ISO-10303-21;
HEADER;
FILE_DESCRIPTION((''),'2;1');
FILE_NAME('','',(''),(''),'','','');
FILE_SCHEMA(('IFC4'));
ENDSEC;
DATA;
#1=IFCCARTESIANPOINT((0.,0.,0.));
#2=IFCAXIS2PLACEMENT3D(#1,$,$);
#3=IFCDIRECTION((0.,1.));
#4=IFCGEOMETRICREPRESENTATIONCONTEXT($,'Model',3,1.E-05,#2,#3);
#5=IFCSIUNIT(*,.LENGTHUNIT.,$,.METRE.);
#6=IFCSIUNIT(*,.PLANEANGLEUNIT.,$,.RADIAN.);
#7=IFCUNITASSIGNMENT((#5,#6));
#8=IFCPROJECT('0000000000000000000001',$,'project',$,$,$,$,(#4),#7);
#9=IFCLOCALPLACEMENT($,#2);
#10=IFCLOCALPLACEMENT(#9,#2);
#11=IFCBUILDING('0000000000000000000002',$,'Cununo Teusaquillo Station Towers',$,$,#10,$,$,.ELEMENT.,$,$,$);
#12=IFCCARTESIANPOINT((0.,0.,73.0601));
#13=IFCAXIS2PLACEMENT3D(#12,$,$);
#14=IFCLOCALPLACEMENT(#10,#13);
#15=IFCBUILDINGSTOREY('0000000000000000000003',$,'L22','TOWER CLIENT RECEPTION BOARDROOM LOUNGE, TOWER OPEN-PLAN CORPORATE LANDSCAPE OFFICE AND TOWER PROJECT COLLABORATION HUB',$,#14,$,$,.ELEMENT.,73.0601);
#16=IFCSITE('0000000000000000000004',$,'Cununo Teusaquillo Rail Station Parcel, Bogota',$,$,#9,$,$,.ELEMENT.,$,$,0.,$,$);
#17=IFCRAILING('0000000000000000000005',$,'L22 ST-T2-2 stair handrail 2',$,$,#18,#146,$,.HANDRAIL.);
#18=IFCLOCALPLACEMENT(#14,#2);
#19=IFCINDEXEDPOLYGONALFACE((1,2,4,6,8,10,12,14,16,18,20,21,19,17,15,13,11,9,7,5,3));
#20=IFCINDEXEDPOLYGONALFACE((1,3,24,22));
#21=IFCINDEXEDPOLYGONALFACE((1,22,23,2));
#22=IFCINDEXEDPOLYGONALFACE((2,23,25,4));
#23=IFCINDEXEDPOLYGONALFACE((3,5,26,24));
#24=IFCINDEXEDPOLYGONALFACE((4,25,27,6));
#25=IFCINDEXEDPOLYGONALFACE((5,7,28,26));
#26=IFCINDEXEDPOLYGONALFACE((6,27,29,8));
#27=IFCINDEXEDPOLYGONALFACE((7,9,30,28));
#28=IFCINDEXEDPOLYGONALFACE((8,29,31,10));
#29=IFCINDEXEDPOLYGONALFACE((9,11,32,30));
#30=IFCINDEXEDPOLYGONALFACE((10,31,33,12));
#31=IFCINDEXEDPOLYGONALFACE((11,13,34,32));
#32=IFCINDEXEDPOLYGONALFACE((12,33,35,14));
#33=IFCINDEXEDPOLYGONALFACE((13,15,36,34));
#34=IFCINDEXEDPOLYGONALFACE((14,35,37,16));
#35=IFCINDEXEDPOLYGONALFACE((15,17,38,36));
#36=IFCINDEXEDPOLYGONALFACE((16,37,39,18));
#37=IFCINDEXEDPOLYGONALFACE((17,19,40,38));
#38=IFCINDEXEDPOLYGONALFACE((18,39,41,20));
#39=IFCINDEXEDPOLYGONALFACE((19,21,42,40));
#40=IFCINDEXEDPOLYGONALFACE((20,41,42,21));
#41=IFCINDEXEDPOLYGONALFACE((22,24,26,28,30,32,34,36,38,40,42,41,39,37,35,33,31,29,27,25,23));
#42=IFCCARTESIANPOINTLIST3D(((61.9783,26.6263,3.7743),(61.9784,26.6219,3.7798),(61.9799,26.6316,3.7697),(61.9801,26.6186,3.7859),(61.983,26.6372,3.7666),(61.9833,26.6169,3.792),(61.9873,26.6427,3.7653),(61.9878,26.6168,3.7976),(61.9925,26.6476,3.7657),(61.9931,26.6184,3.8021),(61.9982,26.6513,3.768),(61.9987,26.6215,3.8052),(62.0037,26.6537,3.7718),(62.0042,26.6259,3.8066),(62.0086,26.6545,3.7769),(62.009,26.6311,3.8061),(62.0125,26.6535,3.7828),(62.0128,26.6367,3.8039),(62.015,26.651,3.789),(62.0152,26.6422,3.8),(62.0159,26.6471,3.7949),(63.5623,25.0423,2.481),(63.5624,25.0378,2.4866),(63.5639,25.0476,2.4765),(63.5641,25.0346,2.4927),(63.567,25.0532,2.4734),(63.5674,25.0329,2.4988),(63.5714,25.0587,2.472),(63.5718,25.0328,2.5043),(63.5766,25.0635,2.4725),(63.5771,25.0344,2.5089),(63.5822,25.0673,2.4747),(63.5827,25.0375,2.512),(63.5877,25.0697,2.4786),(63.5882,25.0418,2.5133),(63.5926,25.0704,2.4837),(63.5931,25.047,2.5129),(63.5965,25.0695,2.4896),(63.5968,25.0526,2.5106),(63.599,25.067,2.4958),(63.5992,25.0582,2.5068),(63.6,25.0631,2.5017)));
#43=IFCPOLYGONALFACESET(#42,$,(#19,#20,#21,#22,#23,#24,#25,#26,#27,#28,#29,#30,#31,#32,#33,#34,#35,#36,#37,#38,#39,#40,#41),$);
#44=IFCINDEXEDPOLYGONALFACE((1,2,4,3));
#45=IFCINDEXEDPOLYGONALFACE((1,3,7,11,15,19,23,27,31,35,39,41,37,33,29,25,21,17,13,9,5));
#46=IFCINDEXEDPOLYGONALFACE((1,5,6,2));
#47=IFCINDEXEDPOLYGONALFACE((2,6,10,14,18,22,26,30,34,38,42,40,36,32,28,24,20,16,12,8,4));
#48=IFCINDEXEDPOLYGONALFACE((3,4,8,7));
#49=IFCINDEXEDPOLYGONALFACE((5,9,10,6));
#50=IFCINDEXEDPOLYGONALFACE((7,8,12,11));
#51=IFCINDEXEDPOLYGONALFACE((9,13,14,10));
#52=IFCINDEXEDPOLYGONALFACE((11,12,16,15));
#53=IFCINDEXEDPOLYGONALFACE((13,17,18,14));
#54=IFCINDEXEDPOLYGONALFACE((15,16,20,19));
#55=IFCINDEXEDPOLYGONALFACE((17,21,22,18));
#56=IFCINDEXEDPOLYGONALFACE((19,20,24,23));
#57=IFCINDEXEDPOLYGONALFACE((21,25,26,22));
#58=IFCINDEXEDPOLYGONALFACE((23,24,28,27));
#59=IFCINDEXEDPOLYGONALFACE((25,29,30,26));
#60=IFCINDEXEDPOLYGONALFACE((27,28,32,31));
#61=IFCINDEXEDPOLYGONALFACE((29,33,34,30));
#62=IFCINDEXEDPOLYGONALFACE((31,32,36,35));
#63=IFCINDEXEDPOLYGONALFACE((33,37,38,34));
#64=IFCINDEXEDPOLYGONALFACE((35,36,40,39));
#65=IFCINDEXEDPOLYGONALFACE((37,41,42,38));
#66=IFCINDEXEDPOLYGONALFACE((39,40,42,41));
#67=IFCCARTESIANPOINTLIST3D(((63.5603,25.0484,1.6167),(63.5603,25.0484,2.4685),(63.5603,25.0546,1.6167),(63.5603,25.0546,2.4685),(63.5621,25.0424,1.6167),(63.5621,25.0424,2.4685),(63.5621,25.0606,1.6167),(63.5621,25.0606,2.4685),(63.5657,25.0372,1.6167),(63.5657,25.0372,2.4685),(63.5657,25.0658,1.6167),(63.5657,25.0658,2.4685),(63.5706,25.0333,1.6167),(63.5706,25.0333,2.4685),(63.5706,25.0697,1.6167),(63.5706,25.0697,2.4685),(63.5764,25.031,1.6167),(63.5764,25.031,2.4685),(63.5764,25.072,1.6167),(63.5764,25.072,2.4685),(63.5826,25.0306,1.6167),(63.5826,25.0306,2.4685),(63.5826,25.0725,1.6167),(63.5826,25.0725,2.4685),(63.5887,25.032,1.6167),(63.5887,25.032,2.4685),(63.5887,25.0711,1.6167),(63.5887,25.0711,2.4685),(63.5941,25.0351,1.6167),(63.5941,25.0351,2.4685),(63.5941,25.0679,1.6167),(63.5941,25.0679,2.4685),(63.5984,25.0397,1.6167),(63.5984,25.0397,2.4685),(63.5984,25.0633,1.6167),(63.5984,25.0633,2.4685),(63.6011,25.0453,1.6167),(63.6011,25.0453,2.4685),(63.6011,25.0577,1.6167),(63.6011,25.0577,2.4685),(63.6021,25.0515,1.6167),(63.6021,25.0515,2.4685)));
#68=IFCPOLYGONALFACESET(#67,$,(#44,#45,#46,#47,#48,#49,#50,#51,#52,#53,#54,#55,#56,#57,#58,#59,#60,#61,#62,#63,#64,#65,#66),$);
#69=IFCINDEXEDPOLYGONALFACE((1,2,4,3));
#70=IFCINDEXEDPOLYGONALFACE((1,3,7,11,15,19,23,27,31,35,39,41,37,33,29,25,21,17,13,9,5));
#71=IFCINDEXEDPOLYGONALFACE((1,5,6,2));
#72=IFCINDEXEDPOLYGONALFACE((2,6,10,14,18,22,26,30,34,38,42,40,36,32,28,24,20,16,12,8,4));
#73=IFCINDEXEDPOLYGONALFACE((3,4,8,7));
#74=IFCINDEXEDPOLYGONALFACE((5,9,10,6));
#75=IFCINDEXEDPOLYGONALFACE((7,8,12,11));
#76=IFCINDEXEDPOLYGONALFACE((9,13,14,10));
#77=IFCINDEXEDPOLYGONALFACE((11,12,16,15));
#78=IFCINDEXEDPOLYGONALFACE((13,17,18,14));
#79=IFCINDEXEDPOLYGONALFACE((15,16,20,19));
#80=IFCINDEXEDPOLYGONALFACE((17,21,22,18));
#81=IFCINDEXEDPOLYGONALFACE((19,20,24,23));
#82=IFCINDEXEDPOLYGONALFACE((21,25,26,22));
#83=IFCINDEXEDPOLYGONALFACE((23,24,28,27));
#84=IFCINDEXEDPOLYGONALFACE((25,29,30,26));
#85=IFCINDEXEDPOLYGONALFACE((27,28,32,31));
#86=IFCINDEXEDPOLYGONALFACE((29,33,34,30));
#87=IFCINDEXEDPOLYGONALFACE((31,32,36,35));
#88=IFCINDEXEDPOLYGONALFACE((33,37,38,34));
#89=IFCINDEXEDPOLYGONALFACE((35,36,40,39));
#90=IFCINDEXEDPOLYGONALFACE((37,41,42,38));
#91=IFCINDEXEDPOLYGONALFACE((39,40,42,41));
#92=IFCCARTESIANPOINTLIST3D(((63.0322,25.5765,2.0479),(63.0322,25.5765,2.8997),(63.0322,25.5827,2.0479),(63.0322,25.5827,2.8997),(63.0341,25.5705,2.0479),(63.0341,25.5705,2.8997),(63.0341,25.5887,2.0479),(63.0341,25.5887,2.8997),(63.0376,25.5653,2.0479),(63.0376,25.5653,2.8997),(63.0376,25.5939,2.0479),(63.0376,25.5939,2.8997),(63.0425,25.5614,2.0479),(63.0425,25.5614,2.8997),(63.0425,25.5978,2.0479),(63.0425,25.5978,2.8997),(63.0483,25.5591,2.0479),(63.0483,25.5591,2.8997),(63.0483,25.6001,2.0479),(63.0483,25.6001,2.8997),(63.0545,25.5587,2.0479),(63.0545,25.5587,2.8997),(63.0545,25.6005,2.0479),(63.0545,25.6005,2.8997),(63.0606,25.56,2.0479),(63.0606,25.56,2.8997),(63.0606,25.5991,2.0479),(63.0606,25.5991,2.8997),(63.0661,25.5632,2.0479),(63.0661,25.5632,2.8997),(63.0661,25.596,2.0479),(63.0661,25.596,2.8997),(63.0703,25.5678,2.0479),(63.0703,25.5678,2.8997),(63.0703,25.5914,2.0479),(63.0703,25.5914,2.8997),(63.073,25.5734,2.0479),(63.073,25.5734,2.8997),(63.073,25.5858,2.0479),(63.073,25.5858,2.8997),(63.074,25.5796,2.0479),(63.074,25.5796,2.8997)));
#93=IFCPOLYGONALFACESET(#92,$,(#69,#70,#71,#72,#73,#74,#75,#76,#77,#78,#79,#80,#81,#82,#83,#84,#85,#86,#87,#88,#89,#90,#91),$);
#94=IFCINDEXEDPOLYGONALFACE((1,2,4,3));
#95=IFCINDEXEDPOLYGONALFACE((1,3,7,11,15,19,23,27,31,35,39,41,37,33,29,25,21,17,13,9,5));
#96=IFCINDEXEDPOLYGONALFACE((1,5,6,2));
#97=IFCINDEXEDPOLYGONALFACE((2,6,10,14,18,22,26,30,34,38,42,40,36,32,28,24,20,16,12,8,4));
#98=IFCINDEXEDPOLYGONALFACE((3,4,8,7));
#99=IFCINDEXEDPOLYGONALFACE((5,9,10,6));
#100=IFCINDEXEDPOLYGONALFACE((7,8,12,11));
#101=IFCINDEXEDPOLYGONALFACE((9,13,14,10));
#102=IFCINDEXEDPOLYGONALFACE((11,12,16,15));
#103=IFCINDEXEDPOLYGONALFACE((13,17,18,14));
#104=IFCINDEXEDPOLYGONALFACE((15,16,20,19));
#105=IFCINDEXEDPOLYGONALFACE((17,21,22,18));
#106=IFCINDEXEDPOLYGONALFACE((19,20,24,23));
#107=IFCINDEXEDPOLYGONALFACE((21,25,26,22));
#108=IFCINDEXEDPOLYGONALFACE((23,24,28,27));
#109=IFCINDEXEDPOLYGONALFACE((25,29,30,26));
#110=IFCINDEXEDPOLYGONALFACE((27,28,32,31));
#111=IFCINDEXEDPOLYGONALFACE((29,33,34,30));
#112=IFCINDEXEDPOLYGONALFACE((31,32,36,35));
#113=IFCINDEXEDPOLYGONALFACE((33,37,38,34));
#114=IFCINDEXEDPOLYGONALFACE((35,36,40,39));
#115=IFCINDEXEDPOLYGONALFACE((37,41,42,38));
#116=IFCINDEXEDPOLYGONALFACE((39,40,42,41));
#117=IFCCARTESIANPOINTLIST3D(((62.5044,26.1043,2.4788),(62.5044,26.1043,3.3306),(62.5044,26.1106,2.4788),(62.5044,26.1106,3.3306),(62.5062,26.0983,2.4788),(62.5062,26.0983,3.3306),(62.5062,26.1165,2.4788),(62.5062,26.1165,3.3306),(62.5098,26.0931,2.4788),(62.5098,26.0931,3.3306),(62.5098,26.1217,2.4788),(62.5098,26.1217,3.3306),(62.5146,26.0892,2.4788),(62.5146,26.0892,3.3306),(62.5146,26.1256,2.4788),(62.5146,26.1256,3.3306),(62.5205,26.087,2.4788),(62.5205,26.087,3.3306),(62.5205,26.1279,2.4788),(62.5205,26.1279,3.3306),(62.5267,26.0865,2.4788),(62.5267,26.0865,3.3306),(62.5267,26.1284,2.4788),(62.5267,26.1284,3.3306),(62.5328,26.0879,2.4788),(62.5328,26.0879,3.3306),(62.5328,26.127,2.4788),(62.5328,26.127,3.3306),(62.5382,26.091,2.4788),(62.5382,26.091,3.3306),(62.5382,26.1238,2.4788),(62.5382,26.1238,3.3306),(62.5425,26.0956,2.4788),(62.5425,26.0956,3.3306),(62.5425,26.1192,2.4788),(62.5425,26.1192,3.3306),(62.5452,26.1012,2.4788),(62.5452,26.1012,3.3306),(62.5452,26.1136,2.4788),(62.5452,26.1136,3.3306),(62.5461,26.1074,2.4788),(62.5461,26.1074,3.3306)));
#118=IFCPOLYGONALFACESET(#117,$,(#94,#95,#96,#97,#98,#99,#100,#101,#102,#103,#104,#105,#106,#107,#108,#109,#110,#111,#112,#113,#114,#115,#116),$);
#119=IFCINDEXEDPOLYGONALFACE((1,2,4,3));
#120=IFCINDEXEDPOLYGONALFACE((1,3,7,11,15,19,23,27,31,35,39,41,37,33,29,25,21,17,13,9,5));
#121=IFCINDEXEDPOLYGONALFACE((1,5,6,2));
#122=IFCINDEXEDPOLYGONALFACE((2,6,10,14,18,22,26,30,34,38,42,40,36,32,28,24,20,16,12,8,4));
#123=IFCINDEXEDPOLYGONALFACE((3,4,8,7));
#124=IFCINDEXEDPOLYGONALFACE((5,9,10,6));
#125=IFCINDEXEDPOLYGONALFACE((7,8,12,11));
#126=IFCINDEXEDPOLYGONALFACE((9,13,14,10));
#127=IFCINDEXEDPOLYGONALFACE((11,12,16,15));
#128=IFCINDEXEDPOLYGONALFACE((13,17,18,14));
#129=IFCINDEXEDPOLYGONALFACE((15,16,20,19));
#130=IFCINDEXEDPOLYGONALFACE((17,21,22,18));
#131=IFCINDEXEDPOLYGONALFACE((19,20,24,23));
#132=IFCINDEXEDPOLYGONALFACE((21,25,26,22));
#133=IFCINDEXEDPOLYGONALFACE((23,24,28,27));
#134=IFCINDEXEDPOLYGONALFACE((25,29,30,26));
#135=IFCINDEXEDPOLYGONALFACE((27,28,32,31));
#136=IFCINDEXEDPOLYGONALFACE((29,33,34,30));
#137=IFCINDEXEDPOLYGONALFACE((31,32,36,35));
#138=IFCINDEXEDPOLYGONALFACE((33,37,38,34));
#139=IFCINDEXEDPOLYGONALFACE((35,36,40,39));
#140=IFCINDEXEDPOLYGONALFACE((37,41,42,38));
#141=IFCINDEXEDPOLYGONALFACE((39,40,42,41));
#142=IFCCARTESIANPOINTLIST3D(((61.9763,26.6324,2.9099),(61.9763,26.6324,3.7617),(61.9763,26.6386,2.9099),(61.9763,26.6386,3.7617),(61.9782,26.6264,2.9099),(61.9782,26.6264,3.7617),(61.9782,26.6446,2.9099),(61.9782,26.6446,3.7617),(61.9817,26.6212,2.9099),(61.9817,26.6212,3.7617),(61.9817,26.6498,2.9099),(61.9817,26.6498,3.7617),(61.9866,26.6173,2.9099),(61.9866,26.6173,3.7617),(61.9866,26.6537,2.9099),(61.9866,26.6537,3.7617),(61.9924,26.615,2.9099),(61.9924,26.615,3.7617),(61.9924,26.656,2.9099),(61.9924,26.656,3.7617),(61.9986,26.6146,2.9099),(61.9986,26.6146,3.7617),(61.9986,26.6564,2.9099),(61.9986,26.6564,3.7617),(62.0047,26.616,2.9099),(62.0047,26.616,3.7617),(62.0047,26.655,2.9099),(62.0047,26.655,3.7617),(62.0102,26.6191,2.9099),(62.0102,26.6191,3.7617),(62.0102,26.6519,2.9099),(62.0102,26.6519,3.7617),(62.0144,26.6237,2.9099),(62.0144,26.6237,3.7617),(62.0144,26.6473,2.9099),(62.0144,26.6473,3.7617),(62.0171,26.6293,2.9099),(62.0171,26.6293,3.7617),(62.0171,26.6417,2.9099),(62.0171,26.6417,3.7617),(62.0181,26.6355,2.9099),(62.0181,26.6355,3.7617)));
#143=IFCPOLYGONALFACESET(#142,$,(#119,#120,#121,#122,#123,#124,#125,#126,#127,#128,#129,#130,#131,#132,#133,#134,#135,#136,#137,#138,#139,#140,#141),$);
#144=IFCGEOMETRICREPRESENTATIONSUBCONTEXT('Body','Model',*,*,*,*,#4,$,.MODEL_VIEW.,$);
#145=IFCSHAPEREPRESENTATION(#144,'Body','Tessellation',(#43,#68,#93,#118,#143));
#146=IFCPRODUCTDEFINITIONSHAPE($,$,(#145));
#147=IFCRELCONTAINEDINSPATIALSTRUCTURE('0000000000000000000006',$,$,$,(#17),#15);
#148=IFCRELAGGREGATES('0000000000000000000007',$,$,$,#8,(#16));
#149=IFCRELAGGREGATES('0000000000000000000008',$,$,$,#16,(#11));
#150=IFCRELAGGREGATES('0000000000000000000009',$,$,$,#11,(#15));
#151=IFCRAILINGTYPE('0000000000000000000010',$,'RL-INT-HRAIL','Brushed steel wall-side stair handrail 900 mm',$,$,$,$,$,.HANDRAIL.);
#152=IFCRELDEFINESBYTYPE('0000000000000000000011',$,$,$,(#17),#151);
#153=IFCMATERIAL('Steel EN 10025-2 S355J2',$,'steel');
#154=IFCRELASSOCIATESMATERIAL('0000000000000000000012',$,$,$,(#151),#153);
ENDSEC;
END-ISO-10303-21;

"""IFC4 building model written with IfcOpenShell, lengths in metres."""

from ifc_helpers import new_model, si_unit, direction, frame, origin, origin_2d, place, context, subcontext, project, spatial, circle, extrude, material, type_object, element, save


model = new_model("IFC4")

# Units and contexts
model_context = context("Model", 3, precision=1e-05, world=origin(), true_north=direction((0.0, 1.0)))
body_context = subcontext(model_context, "Body", "Model", "MODEL_VIEW")
ifc_project = project(units=[si_unit("LENGTHUNIT", "METRE"), si_unit("PLANEANGLEUNIT", "RADIAN")], contexts=[model_context])

# Site, building, storey
site_placement = place(None, origin())
site = spatial("IfcSite", under=ifc_project, at=site_placement, Name="Cununo Teusaquillo Rail Station Parcel, Bogota", CompositionType="ELEMENT", RefElevation=0.0)
building_placement = place(site_placement, origin())
building = spatial("IfcBuilding", under=site, at=building_placement, Name="Cununo Teusaquillo Station Towers", CompositionType="ELEMENT")
storey_placement = place(building_placement, frame((0.0, 0.0, 73.0601)))
storey = spatial("IfcBuildingStorey", under=building, at=storey_placement, Name="L22", Description="TOWER CLIENT RECEPTION BOARDROOM LOUNGE, TOWER OPEN-PLAN CORPORATE LANDSCAPE OFFICE AND TOWER PROJECT COLLABORATION HUB", CompositionType="ELEMENT", Elevation=73.0601)

# Railing
ifc_material_1 = material(Name="Steel EN 10025-2 S355J2", Category="steel")
railing_type_1 = type_object("IfcRailingType", Name="RL-INT-HRAIL", Description="Brushed steel wall-side stair handrail 900 mm", PredefinedType="HANDRAIL", material=ifc_material_1)
railing_1_placement = place(storey_placement, frame((63.5811, 25.0515, 1.6167)))
element("IfcRailing", 1, at=railing_1_placement, inside=storey, type_object=railing_type_1, Name="L22 ST-T2-2 stair handrail 2", PredefinedType="HANDRAIL", context=body_context, shape_type="SweptSolid", body=[
    extrude(circle(Radius=0.0239, at=origin_2d()), frame((0.0, 0.0, 0.876), z_axis=(-0.612385, 0.612385, 0.49997), x_axis=(-0.707107, -0.707107, 0.0)), (0.0, 0.0, 1.0), 2.5867),
    extrude(circle(Radius=0.021, at=origin_2d()), origin(), (0.0, 0.0, 1.0), 0.8518),
    extrude(circle(Radius=0.021, at=origin_2d()), frame((-0.5281, 0.5281, 0.4312)), (0.0, 0.0, 1.0), 0.8518),
    extrude(circle(Radius=0.021, at=origin_2d()), frame((-1.0559, 1.0559, 0.8621)), (0.0, 0.0, 1.0), 0.8518),
    extrude(circle(Radius=0.021, at=origin_2d()), frame((-1.584, 1.584, 1.2932)), (0.0, 0.0, 1.0), 0.8518),
])

save(model, "model.ifc")
